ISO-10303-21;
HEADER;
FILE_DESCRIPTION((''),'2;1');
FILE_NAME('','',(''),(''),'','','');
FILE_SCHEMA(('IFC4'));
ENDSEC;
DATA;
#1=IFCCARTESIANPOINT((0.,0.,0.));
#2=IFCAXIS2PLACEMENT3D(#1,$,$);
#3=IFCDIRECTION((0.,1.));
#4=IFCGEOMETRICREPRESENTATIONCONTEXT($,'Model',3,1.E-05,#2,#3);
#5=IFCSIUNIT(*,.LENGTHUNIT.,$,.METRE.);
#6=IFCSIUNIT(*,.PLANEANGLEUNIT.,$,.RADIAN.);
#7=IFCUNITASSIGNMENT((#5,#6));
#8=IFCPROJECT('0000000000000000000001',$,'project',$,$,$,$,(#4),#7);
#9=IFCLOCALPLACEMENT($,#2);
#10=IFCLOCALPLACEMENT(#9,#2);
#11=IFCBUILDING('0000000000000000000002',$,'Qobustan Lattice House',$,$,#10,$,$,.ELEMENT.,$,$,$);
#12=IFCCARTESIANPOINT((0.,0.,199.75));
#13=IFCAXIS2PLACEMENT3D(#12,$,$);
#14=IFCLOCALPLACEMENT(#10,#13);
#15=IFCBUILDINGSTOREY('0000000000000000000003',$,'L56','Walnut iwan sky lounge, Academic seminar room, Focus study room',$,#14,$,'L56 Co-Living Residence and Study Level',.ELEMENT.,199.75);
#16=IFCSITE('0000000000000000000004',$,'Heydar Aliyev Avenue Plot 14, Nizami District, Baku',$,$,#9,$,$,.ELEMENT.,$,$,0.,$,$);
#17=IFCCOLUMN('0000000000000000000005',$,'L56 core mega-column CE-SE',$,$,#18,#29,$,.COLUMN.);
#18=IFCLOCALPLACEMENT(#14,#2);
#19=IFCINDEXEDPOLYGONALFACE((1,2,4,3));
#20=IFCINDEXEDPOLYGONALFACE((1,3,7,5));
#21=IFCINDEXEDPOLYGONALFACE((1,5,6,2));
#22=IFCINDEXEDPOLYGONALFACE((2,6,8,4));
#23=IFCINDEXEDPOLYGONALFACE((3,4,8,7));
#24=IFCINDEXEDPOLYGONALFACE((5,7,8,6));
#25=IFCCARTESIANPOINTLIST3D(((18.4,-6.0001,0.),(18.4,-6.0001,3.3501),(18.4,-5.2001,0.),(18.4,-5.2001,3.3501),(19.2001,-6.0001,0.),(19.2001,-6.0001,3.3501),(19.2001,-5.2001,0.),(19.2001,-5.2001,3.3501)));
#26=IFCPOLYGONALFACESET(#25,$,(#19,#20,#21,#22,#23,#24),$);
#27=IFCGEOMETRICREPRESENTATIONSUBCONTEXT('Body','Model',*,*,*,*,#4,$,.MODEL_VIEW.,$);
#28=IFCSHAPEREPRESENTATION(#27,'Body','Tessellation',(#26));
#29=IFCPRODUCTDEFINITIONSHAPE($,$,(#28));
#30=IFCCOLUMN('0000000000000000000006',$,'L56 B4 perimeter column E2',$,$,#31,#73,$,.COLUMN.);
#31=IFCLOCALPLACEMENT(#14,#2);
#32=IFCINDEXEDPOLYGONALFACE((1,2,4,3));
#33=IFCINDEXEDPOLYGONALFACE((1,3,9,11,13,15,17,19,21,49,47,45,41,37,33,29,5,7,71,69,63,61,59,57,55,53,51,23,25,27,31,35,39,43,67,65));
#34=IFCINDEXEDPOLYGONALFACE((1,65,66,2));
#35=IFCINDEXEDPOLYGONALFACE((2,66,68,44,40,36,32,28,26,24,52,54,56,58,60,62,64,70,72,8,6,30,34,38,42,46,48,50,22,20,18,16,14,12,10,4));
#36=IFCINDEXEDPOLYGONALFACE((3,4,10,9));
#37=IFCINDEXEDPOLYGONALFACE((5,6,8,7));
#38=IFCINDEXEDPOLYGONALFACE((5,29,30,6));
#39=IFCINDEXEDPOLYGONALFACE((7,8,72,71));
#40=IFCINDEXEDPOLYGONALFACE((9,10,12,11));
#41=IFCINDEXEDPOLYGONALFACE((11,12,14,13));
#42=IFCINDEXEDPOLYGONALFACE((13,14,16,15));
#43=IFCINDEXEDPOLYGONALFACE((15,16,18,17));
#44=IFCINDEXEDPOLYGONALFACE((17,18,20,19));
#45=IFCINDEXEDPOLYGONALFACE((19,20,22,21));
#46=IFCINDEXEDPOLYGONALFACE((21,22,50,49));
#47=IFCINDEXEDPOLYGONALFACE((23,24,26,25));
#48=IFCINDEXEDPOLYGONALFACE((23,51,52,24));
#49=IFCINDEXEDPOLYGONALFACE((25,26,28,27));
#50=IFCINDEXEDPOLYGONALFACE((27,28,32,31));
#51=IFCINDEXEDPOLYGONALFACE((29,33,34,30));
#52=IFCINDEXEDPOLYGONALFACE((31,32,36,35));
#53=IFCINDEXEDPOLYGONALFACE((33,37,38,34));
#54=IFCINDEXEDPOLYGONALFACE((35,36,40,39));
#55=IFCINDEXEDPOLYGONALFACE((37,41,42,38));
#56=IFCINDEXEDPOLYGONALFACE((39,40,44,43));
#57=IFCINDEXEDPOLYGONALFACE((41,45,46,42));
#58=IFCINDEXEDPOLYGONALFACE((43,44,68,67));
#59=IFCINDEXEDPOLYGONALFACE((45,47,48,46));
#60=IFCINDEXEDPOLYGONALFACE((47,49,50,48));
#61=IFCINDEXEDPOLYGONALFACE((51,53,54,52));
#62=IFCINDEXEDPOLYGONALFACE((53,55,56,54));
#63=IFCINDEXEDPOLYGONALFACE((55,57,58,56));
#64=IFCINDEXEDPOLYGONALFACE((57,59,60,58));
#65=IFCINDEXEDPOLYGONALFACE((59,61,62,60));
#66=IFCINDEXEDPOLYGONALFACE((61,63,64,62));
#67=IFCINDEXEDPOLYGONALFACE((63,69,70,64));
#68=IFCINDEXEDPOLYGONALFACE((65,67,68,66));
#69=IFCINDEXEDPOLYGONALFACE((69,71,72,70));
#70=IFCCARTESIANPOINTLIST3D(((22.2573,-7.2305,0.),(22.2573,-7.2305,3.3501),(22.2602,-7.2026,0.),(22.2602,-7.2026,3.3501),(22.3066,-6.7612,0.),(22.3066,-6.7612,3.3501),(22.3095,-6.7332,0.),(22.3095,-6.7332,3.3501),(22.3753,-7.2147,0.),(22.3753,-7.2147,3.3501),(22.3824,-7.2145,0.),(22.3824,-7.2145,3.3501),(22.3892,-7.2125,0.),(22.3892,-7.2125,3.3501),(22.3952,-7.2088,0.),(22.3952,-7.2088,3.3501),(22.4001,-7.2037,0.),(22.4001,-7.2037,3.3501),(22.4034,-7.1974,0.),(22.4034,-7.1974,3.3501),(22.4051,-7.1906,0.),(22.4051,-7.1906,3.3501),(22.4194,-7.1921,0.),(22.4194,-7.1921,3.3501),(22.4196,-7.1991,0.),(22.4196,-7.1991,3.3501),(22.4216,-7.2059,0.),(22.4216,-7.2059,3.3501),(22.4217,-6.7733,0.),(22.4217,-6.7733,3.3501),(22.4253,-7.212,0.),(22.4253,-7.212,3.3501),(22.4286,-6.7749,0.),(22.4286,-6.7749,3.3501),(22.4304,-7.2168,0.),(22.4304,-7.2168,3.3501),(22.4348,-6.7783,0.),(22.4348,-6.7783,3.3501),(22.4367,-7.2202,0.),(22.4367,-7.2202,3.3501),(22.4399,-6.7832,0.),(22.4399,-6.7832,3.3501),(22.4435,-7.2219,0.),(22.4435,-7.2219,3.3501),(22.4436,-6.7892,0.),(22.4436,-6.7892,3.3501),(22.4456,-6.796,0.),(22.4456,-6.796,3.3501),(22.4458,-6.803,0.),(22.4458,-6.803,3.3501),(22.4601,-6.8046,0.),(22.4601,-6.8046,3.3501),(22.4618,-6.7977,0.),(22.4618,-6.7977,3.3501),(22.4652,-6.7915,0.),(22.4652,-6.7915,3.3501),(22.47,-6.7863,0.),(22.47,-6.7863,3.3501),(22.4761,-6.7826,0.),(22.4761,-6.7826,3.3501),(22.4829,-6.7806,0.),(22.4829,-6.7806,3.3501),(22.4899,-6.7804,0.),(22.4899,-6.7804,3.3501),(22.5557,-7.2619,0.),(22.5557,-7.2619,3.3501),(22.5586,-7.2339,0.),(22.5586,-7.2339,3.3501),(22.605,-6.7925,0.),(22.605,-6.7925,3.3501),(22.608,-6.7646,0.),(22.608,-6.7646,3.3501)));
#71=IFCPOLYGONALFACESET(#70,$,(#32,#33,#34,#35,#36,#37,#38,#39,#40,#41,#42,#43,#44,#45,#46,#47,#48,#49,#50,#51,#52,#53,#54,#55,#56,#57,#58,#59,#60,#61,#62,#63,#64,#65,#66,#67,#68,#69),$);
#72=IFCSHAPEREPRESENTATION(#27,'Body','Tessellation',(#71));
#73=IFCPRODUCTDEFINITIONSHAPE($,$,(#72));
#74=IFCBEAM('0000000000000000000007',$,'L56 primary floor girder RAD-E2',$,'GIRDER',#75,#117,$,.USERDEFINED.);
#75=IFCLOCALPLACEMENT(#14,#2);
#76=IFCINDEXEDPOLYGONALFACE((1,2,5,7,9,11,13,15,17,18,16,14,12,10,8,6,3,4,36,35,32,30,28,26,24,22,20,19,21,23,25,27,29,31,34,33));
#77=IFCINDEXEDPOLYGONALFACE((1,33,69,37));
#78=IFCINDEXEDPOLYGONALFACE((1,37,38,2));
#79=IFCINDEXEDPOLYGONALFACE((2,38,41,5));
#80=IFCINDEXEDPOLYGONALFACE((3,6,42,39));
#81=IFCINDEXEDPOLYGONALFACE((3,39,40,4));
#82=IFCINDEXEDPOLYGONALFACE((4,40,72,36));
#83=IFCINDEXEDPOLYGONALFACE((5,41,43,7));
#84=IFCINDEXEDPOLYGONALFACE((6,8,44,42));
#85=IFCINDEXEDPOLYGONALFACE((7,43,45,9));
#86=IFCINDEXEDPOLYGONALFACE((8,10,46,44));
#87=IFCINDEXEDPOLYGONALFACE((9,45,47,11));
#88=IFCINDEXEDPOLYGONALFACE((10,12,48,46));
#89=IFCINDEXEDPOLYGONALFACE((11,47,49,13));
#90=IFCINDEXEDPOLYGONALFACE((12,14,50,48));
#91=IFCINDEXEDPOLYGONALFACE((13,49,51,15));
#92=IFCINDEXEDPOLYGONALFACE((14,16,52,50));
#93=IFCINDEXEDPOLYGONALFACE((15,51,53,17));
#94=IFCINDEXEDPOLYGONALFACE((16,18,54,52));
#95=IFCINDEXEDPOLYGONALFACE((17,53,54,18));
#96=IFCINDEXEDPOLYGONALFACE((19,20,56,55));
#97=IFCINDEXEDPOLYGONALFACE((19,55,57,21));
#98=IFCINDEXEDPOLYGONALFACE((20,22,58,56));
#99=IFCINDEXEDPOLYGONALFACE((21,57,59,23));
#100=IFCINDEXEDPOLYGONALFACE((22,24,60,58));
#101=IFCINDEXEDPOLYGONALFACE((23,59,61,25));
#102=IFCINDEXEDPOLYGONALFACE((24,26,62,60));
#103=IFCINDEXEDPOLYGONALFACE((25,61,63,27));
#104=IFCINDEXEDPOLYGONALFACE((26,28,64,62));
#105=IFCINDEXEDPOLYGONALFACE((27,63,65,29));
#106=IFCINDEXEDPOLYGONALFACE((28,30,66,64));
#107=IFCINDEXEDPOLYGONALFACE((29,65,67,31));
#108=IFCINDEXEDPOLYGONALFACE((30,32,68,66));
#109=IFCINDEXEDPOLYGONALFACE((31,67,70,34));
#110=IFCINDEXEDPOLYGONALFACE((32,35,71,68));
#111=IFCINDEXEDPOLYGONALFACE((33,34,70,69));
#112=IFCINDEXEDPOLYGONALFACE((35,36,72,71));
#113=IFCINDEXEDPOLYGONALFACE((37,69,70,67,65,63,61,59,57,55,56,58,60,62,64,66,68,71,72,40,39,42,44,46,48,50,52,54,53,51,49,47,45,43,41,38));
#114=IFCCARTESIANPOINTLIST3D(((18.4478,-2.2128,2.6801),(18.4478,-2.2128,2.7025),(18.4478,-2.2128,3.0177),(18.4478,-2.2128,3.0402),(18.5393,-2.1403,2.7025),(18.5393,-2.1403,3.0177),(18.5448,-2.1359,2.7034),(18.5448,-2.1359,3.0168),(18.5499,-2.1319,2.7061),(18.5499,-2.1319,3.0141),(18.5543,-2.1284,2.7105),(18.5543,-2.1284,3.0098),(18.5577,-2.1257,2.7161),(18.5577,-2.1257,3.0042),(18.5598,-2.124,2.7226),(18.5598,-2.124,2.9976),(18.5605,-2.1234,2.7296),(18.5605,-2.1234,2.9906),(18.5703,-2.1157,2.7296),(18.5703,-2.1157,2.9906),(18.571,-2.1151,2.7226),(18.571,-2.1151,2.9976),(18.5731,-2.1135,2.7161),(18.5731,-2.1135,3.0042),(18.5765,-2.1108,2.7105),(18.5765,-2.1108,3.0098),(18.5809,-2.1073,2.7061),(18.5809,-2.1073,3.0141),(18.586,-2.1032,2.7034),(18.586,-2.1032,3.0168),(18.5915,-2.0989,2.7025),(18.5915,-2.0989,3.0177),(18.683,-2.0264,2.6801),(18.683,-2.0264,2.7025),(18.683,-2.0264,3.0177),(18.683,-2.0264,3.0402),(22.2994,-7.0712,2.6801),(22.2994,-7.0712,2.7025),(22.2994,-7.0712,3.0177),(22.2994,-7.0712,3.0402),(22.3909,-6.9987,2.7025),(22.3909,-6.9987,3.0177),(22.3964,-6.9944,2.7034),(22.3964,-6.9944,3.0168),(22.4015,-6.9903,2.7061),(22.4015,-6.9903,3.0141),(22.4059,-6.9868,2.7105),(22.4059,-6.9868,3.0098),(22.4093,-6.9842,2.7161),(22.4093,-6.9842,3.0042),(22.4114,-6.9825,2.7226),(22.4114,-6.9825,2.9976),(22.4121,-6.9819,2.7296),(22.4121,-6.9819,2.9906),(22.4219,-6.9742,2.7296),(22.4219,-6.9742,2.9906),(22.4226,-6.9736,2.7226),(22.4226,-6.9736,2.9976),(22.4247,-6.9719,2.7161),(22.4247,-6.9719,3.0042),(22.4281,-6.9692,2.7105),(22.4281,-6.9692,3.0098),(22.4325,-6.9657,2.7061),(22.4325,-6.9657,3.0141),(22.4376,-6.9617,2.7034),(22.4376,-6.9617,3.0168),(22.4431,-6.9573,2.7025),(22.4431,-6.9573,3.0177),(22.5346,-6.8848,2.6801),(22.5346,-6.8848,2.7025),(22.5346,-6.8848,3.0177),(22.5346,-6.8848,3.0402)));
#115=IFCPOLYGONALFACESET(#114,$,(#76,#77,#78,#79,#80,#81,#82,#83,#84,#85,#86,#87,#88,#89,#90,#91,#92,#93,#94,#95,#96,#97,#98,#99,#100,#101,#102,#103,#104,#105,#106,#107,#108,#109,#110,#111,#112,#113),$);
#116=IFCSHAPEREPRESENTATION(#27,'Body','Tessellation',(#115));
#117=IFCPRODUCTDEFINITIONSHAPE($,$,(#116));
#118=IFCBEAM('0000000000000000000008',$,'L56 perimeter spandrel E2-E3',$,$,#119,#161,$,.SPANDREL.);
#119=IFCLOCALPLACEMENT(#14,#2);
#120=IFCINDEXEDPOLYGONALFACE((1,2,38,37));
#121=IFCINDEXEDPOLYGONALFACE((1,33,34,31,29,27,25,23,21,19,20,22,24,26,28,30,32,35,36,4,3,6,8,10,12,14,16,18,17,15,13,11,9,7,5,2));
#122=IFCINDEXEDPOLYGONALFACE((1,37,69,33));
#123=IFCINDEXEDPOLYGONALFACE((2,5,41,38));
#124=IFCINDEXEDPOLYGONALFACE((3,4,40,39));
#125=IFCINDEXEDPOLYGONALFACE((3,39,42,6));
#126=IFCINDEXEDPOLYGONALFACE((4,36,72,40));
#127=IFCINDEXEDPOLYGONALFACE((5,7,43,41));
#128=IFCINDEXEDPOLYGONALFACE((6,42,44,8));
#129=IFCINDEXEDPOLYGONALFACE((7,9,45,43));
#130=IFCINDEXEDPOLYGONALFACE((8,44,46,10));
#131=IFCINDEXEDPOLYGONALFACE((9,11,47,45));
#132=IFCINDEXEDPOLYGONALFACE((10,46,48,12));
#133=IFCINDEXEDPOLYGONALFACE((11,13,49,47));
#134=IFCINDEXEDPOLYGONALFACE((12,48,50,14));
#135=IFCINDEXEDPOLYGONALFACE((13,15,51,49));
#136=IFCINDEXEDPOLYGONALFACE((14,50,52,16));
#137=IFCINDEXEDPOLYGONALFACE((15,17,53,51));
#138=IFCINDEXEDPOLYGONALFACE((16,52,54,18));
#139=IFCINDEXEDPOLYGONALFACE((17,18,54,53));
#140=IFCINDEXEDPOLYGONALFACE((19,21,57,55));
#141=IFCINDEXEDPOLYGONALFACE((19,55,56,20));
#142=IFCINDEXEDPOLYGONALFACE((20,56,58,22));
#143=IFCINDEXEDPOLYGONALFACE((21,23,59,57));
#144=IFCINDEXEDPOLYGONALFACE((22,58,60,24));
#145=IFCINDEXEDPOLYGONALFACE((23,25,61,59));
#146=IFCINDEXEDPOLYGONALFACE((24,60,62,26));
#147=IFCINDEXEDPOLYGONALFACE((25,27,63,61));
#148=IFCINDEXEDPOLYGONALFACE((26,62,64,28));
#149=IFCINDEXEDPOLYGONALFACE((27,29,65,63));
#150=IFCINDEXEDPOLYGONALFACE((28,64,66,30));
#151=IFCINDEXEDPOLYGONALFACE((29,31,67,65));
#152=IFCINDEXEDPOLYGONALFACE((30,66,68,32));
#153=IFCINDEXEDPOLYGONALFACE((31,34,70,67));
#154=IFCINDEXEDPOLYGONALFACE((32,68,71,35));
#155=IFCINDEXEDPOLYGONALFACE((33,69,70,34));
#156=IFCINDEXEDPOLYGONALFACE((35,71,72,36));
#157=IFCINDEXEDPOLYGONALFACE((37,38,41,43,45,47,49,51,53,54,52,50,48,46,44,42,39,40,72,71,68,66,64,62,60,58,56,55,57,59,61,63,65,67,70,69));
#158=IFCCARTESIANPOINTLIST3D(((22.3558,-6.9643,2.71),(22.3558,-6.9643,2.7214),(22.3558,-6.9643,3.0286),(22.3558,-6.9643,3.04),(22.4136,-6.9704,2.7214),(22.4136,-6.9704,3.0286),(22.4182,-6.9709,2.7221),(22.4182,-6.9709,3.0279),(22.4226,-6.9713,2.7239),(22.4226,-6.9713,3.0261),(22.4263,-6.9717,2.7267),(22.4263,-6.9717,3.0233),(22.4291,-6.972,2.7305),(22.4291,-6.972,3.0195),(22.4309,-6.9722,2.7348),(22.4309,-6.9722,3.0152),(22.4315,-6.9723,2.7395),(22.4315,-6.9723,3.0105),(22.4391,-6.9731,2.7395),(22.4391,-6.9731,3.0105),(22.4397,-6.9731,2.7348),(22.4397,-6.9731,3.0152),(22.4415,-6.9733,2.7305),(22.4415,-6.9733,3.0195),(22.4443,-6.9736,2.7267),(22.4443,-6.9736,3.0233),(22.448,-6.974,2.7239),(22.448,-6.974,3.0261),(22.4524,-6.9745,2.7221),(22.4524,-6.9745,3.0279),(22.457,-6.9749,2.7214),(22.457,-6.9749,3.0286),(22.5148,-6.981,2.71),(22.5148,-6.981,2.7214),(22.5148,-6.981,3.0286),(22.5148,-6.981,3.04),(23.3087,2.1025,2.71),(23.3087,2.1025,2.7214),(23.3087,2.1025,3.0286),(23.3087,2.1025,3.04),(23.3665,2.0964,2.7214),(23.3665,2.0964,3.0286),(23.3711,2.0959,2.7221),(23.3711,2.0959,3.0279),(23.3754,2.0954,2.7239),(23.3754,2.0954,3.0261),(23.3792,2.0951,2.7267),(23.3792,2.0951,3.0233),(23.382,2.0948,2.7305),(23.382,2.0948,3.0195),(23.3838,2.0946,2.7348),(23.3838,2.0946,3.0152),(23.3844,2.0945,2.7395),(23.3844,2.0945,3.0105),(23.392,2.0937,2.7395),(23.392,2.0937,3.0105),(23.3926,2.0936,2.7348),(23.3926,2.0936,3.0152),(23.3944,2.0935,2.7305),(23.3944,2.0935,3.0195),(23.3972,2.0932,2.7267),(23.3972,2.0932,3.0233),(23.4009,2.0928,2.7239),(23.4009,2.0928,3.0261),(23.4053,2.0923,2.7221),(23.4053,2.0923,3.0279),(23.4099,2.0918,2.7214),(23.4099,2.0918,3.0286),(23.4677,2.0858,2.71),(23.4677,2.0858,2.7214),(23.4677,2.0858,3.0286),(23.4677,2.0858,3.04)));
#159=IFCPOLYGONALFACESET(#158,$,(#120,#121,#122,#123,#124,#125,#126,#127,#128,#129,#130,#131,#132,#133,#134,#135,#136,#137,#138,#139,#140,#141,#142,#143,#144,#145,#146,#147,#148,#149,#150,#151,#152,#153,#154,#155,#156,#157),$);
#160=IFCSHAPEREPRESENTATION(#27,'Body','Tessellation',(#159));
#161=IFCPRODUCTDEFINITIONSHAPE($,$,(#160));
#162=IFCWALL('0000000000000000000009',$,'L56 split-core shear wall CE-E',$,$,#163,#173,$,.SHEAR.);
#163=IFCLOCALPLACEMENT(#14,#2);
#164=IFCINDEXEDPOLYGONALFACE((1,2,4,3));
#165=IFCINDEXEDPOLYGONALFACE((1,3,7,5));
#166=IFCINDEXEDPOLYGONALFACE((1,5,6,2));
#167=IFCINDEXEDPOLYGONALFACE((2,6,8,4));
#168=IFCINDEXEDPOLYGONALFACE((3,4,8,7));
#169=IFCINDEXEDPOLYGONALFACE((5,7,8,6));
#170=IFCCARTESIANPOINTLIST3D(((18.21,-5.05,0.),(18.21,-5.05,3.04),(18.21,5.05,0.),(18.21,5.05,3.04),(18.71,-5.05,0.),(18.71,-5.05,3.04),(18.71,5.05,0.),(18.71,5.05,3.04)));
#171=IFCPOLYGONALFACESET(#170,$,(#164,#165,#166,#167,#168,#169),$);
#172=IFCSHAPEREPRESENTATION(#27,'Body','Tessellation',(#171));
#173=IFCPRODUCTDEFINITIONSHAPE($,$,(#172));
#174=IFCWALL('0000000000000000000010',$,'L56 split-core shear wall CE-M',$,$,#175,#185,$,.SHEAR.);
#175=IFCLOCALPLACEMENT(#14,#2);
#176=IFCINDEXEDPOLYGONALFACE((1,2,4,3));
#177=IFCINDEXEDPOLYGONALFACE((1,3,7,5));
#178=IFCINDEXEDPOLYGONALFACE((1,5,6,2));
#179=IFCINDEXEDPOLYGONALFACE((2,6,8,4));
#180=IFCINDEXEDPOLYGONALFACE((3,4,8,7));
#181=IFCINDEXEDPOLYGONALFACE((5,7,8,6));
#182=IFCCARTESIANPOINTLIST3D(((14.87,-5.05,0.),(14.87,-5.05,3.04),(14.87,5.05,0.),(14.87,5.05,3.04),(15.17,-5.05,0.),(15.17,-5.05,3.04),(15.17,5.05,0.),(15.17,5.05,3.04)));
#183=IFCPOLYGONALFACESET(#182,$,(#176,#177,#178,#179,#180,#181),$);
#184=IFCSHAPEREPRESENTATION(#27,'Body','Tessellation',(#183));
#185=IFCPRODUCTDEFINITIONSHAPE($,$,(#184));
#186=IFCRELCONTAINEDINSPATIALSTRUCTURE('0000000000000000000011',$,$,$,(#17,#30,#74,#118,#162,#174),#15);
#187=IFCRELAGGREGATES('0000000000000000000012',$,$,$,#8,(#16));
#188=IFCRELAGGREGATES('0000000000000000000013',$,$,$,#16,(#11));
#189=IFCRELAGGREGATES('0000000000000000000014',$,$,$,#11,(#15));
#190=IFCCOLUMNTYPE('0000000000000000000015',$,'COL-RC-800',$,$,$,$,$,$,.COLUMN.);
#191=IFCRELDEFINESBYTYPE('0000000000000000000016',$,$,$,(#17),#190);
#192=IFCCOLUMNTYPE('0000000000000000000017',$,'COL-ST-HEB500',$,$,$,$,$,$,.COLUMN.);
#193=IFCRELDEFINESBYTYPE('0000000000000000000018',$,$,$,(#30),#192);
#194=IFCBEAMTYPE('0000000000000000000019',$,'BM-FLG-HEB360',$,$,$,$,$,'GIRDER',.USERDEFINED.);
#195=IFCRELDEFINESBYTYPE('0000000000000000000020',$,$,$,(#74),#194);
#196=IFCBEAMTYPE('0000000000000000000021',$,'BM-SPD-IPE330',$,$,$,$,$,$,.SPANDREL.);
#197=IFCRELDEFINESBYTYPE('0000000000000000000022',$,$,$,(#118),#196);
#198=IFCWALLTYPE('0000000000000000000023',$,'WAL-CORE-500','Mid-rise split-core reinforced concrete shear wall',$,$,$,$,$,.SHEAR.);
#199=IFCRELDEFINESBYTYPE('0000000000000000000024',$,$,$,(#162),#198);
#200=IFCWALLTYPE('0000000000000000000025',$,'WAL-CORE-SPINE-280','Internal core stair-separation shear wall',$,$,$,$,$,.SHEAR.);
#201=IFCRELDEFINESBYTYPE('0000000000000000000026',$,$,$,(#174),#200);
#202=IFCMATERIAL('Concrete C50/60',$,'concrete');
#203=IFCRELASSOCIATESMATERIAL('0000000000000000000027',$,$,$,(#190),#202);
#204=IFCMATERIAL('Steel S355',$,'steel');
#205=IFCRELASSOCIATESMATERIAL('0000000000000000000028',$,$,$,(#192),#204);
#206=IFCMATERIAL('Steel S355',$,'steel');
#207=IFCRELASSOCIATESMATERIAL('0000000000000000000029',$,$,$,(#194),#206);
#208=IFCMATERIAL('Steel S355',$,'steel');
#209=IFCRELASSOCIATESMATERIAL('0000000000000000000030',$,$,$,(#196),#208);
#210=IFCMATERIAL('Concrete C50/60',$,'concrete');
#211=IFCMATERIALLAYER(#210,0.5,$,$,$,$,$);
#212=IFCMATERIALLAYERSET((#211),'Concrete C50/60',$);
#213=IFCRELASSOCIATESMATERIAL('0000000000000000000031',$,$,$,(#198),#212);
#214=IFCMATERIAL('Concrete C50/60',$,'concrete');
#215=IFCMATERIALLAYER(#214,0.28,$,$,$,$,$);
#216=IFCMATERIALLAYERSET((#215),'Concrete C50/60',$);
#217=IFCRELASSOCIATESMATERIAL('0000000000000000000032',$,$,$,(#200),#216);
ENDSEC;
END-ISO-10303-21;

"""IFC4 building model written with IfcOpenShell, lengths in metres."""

from ifc_helpers import new_model, si_unit, direction, frame, frame_2d, origin, origin_2d, place, context, subcontext, project, spatial, rectangle, i_section, extrude, material, layer, layer_set, material_profile, profile_set, type_object, element, save


model = new_model("IFC4")

# Units and contexts
model_context = context("Model", 3, precision=1e-05, world=origin(), true_north=direction((0.0, 1.0)))
body_context = subcontext(model_context, "Body", "Model", "MODEL_VIEW")
ifc_project = project(units=[si_unit("LENGTHUNIT", "METRE"), si_unit("PLANEANGLEUNIT", "RADIAN")], contexts=[model_context])

# Site, building, storey
site_placement = place(None, origin())
site = spatial("IfcSite", under=ifc_project, at=site_placement, Name="Heydar Aliyev Avenue Plot 14, Nizami District, Baku", CompositionType="ELEMENT", RefElevation=0.0)
building_placement = place(site_placement, origin())
building = spatial("IfcBuilding", under=site, at=building_placement, Name="Qobustan Lattice House", CompositionType="ELEMENT")
storey_placement = place(building_placement, frame((0.0, 0.0, 199.75)))
storey = spatial("IfcBuildingStorey", under=building, at=storey_placement, Name="L56", Description="Walnut iwan sky lounge, Academic seminar room, Focus study room", LongName="L56 Co-Living Residence and Study Level", CompositionType="ELEMENT", Elevation=199.75)

# Columns
ifc_material_1 = material(Name="Concrete C50/60", Category="concrete")
ifc_material_profile_1 = material_profile(ifc_material_1, rectangle(XDim=0.8, YDim=0.8, at=origin_2d()), Name="RC800x800")
ifc_profile_set_1 = profile_set([ifc_material_profile_1], Name="Concrete C50/60")
column_type_1 = type_object("IfcColumnType", Name="COL-RC-800", PredefinedType="COLUMN", material=ifc_profile_set_1)
column_1_placement = place(storey_placement, frame((18.8, -5.6001, 0.0), z_axis=(0.0, 0.0, 1.0), x_axis=(1.0, 0.0, 0.0)))
element("IfcColumn", 1, at=column_1_placement, inside=storey, type_object=column_type_1, Name="L56 core mega-column CE-SE", PredefinedType="COLUMN", context=body_context, shape_type="SweptSolid", body=[
    extrude(rectangle(XDim=0.8, YDim=0.8, at=origin_2d()), origin(), (0.0, 0.0, 1.0), 3.3501),
])
ifc_material_2 = material(Name="Steel S355", Category="steel")
ifc_material_profile_2 = material_profile(ifc_material_2, i_section(OverallWidth=0.3, OverallDepth=0.5, WebThickness=0.0144, FlangeThickness=0.0281, FilletRadius=0.0271, at=origin_2d()), Name="HEB500")
ifc_profile_set_2 = profile_set([ifc_material_profile_2], Name="Steel S355")
column_type_2 = type_object("IfcColumnType", Name="COL-ST-HEB500", PredefinedType="COLUMN", material=ifc_profile_set_2)
column_2_placement = place(storey_placement, frame((22.4326, -6.9976, 0.0), z_axis=(0.0, 0.0, 1.0), x_axis=(0.994522, -0.104528, 0.0)))
element("IfcColumn", 2, at=column_2_placement, inside=storey, type_object=column_type_2, Name="L56 B4 perimeter column E2", PredefinedType="COLUMN", context=body_context, shape_type="SweptSolid", body=[
    extrude(i_section(OverallWidth=0.3, OverallDepth=0.5, WebThickness=0.0144, FlangeThickness=0.0281, FilletRadius=0.0271, at=origin_2d()), origin(), (0.0, 0.0, 1.0), 3.3501),
])

# Beams
ifc_material_3 = material(Name="Steel S355", Category="steel")
ifc_material_profile_3 = material_profile(ifc_material_3, i_section(OverallWidth=0.3, OverallDepth=0.3601, WebThickness=0.0125, FlangeThickness=0.0225, FilletRadius=0.0271, at=origin_2d()), Name="HEB360")
ifc_profile_set_3 = profile_set([ifc_material_profile_3], Name="Steel S355")
beam_type_1 = type_object("IfcBeamType", Name="BM-FLG-HEB360", ElementType="GIRDER", PredefinedType="USERDEFINED", material=ifc_profile_set_3)
beam_1_placement = place(storey_placement, frame((22.417, -6.978, 2.8601), z_axis=(-0.621231, 0.783627, 0.0), x_axis=(-0.783627, -0.621231, 0.0)))
element("IfcBeam", 3, at=beam_1_placement, inside=storey, type_object=beam_type_1, Name="L56 primary floor girder RAD-E2", ObjectType="GIRDER", PredefinedType="USERDEFINED", context=body_context, shape_type="SweptSolid", body=[
    extrude(i_section(OverallWidth=0.3, OverallDepth=0.3601, WebThickness=0.0125, FlangeThickness=0.0225, FilletRadius=0.0271, at=origin_2d()), origin(), (0.0, 0.0, 1.0), 6.2),
])
ifc_material_4 = material(Name="Steel S355", Category="steel")
ifc_material_profile_4 = material_profile(ifc_material_4, i_section(OverallWidth=0.1599, OverallDepth=0.3301, WebThickness=0.0076, FlangeThickness=0.0115, FilletRadius=0.0181, at=origin_2d()), Name="IPE330")
ifc_profile_set_4 = profile_set([ifc_material_profile_4], Name="Steel S355")
beam_type_2 = type_object("IfcBeamType", Name="BM-SPD-IPE330", PredefinedType="SPANDREL", material=ifc_profile_set_4)
beam_2_placement = place(storey_placement, frame((22.4353, -6.9727, 2.875), z_axis=(0.104522, 0.994523, 0.0), x_axis=(-0.994523, 0.104522, 0.0)))
element("IfcBeam", 4, at=beam_2_placement, inside=storey, type_object=beam_type_2, Name="L56 perimeter spandrel E2-E3", PredefinedType="SPANDREL", context=body_context, shape_type="SweptSolid", body=[
    extrude(i_section(OverallWidth=0.1599, OverallDepth=0.3301, WebThickness=0.0076, FlangeThickness=0.0115, FilletRadius=0.0181, at=origin_2d()), origin(), (0.0, 0.0, 1.0), 9.1167),
])

# Walls
ifc_material_5 = material(Name="Concrete C50/60", Category="concrete")
ifc_layer_1 = layer(ifc_material_5, 0.5)
ifc_layer_set_1 = layer_set([ifc_layer_1], Name="Concrete C50/60")
wall_type_1 = type_object("IfcWallType", Name="WAL-CORE-500", Description="Mid-rise split-core reinforced concrete shear wall", PredefinedType="SHEAR", material=ifc_layer_set_1)
wall_1_placement = place(storey_placement, frame((18.46, -5.05, 0.0), z_axis=(0.0, 0.0, 1.0), x_axis=(0.0, 1.0, 0.0)))
element("IfcWall", 5, at=wall_1_placement, inside=storey, type_object=wall_type_1, Name="L56 split-core shear wall CE-E", PredefinedType="SHEAR", context=body_context, shape_type="SweptSolid", body=[
    extrude(rectangle(XDim=10.1001, YDim=0.5, at=frame_2d((5.05, 0.0))), origin(), (0.0, 0.0, 1.0), 3.04),
])
ifc_material_6 = material(Name="Concrete C50/60", Category="concrete")
ifc_layer_2 = layer(ifc_material_6, 0.28)
ifc_layer_set_2 = layer_set([ifc_layer_2], Name="Concrete C50/60")
wall_type_2 = type_object("IfcWallType", Name="WAL-CORE-SPINE-280", Description="Internal core stair-separation shear wall", PredefinedType="SHEAR", material=ifc_layer_set_2)
wall_2_placement = place(storey_placement, frame((15.02, -5.05, 0.0), z_axis=(0.0, 0.0, 1.0), x_axis=(0.0, 1.0, 0.0)))
element("IfcWall", 6, at=wall_2_placement, inside=storey, type_object=wall_type_2, Name="L56 split-core shear wall CE-M", PredefinedType="SHEAR", context=body_context, shape_type="SweptSolid", body=[
    extrude(rectangle(XDim=10.1001, YDim=0.3, at=frame_2d((5.05, 0.0))), origin(), (0.0, 0.0, 1.0), 3.04),
])

save(model, "model.ifc")
